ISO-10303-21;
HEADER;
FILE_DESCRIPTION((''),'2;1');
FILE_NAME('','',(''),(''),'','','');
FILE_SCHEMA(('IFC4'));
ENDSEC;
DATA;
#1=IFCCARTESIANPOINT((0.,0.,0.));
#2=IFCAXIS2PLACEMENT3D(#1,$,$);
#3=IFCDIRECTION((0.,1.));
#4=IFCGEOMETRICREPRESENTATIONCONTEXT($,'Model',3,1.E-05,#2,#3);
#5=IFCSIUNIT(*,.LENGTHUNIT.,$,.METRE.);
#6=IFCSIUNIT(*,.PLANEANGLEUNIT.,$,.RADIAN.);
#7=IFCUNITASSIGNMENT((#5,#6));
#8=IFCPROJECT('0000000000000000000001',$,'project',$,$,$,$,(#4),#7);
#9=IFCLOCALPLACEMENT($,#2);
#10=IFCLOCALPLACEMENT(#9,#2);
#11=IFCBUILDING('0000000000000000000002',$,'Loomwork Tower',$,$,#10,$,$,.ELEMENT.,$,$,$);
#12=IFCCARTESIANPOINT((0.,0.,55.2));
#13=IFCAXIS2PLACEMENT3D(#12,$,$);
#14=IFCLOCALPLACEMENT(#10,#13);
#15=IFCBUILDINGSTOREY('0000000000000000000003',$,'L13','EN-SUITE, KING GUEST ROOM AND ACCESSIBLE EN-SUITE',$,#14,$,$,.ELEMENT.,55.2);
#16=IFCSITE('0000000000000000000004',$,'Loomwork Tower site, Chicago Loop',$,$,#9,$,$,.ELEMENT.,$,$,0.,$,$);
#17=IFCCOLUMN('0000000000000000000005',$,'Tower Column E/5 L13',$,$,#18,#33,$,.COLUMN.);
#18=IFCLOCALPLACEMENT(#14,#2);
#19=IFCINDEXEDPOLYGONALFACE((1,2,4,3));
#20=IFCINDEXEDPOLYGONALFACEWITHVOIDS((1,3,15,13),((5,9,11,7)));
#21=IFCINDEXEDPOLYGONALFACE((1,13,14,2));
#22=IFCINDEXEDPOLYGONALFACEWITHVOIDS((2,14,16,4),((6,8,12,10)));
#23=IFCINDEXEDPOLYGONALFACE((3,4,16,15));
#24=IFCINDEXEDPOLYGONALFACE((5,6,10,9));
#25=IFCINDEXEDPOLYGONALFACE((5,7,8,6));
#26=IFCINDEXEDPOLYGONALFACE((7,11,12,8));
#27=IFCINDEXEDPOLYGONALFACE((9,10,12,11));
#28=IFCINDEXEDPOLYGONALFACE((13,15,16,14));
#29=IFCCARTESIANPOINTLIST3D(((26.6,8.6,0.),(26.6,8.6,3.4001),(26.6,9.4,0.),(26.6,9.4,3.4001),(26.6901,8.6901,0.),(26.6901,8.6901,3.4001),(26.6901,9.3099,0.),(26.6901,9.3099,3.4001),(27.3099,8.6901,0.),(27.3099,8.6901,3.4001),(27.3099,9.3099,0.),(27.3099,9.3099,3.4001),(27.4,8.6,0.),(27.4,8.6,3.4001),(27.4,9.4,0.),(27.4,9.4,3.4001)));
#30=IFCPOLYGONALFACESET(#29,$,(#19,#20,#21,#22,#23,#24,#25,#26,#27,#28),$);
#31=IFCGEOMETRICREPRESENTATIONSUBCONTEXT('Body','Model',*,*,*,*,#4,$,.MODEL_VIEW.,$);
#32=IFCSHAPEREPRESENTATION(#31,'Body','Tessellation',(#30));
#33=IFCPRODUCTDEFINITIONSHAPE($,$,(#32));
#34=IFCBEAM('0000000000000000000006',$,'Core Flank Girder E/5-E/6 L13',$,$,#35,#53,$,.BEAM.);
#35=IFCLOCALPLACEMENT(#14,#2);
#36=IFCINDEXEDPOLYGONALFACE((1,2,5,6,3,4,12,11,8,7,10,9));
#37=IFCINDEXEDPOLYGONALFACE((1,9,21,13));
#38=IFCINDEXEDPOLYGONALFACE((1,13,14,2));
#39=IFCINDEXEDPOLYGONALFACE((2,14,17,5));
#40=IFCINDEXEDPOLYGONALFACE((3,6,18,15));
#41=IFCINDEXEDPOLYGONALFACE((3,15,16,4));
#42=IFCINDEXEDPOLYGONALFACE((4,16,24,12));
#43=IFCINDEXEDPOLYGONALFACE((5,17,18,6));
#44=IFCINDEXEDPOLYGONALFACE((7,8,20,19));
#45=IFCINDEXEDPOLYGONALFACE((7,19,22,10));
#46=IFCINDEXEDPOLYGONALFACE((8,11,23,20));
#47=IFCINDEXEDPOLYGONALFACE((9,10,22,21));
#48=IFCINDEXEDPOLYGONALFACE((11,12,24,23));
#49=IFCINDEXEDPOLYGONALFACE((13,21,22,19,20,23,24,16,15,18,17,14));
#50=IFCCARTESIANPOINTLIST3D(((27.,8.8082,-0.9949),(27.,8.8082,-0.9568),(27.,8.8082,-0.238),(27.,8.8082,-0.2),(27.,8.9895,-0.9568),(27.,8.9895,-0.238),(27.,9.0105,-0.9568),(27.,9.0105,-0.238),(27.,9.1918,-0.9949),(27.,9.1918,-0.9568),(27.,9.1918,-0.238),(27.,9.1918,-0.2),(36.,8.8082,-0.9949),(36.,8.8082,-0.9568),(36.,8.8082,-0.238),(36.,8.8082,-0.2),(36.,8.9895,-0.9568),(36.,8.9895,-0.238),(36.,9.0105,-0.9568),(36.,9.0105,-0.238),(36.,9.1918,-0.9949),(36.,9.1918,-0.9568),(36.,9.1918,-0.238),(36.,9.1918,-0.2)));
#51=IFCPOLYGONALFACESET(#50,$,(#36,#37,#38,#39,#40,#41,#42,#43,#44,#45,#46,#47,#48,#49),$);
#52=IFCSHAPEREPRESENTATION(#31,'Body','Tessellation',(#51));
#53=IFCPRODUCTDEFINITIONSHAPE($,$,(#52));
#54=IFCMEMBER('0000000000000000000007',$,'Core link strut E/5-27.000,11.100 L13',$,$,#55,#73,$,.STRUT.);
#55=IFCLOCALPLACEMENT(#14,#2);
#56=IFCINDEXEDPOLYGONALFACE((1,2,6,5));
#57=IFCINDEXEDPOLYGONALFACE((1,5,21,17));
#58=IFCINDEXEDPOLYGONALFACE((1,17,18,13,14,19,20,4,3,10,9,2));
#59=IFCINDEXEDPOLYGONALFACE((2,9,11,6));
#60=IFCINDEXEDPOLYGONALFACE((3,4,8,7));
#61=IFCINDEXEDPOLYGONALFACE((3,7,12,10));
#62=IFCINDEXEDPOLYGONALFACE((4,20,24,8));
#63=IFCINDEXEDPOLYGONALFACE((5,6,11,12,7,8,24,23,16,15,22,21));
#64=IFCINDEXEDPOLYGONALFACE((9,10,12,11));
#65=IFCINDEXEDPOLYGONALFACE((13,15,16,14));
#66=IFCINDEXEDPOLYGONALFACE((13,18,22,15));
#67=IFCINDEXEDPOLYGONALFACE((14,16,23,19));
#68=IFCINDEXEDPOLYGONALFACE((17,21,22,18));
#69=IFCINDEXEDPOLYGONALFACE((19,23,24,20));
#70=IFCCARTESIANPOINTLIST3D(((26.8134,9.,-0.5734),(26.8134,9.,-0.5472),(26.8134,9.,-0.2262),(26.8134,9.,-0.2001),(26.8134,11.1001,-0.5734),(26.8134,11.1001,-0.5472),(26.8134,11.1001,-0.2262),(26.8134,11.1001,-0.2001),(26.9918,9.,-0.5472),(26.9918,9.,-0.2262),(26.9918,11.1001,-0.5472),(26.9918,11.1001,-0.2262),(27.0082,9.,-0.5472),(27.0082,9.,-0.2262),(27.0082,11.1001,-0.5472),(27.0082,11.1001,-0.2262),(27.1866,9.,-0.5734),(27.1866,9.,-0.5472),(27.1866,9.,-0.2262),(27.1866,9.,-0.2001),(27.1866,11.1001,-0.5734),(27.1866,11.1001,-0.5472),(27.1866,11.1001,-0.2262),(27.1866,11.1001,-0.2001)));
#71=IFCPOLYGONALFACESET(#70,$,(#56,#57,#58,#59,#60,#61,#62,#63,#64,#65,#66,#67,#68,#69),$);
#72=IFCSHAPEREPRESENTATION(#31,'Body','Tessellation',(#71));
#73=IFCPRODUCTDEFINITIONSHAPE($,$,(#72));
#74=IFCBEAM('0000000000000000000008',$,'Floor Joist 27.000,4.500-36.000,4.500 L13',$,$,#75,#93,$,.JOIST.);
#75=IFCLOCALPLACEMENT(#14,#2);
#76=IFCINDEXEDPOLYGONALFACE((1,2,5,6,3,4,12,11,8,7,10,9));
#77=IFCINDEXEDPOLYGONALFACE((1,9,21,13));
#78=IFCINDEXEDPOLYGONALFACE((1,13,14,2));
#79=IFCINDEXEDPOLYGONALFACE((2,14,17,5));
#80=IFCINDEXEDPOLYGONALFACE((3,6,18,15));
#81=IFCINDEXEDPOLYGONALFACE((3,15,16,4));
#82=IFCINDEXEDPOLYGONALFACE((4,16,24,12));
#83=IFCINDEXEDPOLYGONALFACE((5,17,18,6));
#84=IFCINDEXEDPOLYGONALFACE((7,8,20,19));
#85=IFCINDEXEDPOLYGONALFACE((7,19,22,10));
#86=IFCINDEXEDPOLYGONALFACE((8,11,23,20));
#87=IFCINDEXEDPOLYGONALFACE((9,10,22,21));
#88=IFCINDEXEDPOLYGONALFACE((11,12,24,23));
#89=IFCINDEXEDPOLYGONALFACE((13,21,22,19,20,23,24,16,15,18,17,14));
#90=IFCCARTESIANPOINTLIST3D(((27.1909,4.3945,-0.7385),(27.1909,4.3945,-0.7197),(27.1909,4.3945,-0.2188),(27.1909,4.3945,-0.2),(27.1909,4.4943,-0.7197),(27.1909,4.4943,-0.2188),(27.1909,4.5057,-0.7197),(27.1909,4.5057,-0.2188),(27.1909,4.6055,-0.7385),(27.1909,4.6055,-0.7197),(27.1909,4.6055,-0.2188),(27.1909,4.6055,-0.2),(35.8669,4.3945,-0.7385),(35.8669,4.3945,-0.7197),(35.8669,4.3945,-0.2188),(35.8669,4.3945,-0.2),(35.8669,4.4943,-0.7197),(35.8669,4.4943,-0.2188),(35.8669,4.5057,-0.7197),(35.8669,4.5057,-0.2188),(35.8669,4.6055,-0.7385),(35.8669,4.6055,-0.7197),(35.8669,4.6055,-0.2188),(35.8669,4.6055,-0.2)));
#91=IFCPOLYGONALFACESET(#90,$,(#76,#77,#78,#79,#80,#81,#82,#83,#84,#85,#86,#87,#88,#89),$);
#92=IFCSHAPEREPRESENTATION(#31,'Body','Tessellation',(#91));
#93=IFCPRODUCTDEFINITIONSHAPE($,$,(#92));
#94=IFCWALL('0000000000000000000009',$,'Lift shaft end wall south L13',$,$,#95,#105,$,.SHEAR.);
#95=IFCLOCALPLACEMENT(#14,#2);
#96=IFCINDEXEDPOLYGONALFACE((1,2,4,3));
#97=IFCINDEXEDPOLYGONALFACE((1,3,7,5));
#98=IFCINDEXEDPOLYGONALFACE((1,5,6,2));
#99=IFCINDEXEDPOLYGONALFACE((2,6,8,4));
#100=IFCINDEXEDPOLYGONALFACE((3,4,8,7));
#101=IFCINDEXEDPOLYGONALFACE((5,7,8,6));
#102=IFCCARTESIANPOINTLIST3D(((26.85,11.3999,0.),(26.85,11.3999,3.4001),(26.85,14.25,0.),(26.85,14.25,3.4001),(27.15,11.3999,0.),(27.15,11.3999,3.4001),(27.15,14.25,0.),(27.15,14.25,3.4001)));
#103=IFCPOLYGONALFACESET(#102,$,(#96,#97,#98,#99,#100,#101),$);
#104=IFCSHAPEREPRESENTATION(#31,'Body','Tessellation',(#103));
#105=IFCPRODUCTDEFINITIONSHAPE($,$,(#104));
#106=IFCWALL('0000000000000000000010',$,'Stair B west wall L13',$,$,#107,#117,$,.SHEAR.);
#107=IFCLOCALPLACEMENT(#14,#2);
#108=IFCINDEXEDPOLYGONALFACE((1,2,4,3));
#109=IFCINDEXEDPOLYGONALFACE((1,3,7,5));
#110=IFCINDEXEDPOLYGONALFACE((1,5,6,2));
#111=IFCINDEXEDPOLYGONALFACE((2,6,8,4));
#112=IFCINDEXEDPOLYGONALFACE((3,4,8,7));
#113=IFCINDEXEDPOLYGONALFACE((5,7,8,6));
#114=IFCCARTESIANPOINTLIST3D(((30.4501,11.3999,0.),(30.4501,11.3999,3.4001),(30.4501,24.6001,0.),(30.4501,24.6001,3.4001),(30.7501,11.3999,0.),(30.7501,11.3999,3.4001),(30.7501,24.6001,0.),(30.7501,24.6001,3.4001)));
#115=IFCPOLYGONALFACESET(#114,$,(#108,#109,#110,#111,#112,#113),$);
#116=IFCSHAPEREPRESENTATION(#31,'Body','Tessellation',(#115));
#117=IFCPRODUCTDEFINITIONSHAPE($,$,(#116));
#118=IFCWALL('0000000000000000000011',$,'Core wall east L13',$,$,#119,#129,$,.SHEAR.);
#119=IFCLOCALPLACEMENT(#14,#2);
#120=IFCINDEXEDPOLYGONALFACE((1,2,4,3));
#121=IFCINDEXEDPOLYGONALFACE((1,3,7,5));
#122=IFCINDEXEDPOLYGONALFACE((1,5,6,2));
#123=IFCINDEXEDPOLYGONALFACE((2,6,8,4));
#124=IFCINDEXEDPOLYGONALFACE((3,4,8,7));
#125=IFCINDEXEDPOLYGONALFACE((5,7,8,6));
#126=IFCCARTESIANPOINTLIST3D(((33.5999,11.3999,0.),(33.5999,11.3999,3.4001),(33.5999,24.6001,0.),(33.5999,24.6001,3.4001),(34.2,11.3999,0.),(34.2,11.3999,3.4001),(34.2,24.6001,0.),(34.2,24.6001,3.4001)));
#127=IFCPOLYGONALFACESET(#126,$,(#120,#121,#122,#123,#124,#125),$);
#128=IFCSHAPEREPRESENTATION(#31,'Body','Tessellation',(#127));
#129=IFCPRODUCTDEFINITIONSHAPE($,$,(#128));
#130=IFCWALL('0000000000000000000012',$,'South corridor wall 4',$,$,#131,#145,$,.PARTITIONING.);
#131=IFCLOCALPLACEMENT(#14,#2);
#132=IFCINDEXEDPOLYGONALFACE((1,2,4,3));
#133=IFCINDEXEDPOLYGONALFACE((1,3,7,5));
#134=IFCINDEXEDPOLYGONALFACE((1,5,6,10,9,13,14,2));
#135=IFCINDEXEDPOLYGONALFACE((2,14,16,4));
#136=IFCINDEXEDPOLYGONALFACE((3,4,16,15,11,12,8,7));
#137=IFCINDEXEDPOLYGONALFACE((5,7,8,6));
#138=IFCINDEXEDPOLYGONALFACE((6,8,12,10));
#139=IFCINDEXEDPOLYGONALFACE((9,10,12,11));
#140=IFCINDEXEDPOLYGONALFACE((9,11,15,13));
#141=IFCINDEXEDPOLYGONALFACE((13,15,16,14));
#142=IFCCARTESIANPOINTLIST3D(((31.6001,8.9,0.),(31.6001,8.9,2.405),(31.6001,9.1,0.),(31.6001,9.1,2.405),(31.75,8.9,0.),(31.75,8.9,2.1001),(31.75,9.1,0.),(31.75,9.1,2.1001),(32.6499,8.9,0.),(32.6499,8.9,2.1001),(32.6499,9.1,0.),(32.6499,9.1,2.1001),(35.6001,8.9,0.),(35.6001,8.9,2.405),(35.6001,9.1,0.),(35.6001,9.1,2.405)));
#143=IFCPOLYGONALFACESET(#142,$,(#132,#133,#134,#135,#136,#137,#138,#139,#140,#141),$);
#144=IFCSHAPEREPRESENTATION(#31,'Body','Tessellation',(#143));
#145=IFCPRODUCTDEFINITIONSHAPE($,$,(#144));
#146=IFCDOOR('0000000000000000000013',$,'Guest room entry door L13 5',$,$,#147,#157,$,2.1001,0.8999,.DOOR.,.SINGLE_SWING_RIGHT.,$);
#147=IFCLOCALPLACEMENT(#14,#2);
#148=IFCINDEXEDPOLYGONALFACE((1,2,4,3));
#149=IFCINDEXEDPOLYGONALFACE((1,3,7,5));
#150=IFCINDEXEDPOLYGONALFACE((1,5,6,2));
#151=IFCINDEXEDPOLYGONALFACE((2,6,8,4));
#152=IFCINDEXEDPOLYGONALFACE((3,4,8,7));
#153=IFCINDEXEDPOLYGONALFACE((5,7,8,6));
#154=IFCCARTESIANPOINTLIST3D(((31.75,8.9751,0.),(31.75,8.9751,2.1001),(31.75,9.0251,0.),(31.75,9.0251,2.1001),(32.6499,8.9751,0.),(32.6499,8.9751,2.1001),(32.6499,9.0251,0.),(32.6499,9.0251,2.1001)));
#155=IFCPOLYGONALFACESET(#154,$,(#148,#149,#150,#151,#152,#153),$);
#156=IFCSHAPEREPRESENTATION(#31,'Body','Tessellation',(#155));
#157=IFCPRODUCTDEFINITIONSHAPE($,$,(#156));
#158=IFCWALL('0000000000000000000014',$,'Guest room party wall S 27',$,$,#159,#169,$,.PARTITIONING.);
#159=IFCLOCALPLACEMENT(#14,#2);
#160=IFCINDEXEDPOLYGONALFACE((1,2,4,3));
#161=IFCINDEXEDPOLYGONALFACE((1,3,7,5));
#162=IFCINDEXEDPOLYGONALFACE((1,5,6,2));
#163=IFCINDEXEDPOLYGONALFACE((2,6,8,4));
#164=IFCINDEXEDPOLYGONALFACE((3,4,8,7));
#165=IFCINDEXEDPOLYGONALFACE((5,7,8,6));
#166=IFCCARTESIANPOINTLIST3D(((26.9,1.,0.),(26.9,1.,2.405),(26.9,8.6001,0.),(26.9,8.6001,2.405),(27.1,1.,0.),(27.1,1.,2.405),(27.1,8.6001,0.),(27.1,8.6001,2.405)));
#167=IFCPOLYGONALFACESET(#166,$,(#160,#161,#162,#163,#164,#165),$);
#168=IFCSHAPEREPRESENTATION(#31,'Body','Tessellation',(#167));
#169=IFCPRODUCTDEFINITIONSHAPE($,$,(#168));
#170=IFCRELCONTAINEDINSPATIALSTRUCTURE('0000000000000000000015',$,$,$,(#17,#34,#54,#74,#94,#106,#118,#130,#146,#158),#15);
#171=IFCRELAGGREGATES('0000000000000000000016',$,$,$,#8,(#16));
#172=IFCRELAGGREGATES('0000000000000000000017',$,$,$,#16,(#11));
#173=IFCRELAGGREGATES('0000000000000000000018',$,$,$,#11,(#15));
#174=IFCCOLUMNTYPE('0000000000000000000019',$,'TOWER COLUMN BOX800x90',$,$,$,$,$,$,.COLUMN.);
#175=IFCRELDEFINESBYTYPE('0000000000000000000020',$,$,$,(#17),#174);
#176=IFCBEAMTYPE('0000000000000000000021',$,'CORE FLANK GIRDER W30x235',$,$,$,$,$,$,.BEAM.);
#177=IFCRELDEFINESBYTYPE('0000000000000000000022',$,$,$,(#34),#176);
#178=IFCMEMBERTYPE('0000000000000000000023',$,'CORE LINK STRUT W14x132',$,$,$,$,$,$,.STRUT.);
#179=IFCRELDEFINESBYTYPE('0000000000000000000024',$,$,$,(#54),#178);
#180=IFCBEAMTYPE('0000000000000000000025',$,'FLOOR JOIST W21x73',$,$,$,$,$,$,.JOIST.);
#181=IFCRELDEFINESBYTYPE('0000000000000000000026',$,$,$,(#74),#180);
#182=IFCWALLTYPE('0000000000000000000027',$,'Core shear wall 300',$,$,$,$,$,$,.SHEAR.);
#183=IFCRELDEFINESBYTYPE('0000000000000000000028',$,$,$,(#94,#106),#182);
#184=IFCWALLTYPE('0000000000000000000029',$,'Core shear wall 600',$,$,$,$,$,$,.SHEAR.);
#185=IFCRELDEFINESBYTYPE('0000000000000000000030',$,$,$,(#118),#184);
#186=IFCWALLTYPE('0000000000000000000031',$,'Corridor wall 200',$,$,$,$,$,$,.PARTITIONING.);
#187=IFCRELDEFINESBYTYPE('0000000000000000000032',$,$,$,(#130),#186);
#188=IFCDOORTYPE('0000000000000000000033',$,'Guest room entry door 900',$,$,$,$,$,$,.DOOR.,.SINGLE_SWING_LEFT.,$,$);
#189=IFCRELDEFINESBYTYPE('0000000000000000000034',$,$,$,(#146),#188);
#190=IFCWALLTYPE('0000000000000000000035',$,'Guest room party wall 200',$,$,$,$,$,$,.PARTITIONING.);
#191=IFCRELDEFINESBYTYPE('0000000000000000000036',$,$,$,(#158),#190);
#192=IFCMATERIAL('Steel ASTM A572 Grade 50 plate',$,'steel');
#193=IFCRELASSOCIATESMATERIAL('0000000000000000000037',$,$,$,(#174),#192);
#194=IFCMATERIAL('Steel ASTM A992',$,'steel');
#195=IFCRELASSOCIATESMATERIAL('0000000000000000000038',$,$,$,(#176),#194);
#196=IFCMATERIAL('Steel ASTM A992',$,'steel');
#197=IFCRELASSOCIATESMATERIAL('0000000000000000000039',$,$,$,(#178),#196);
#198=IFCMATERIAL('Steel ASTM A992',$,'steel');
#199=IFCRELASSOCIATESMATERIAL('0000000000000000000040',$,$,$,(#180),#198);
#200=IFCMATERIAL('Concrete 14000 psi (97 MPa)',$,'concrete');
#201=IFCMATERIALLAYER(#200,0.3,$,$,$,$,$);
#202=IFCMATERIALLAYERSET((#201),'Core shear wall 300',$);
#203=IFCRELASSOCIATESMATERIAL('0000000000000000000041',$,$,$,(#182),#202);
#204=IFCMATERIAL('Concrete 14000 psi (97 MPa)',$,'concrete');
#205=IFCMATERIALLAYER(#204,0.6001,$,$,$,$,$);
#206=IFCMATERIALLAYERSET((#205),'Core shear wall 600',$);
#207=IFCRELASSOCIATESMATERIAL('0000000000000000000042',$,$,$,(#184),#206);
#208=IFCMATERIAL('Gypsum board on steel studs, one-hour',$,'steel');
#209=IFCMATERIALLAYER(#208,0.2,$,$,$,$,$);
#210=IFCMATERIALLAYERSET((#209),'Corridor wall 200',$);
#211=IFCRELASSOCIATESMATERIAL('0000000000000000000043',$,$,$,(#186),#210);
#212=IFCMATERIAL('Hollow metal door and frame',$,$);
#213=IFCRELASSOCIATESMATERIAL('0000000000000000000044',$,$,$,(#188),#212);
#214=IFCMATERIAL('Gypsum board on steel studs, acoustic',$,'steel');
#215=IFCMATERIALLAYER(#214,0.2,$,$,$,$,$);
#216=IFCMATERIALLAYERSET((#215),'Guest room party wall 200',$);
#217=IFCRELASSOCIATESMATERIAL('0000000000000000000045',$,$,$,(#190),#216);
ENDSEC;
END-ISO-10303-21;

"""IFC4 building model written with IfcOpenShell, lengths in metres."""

from ifc_helpers import new_model, si_unit, direction, frame, frame_2d, origin, origin_2d, place, context, subcontext, project, spatial, rectangle, hollow_rectangle, i_section, extrude, material, layer, layer_set, material_profile, profile_set, type_object, element, fill, save


model = new_model("IFC4")

# Units and contexts
model_context = context("Model", 3, precision=1e-05, world=origin(), true_north=direction((0.0, 1.0)))
body_context = subcontext(model_context, "Body", "Model", "MODEL_VIEW")
ifc_project = project(units=[si_unit("LENGTHUNIT", "METRE"), si_unit("PLANEANGLEUNIT", "RADIAN")], contexts=[model_context])

# Site, building, storey
site_placement = place(None, origin())
site = spatial("IfcSite", under=ifc_project, at=site_placement, Name="Loomwork Tower site, Chicago Loop", CompositionType="ELEMENT", RefElevation=0.0)
building_placement = place(site_placement, origin())
building = spatial("IfcBuilding", under=site, at=building_placement, Name="Loomwork Tower", CompositionType="ELEMENT")
storey_placement = place(building_placement, frame((0.0, 0.0, 55.2)))
storey = spatial("IfcBuildingStorey", under=building, at=storey_placement, Name="L13", Description="EN-SUITE, KING GUEST ROOM AND ACCESSIBLE EN-SUITE", CompositionType="ELEMENT", Elevation=55.2)

# Column
ifc_material_1 = material(Name="Steel ASTM A572 Grade 50 plate", Category="steel")
ifc_material_profile_1 = material_profile(ifc_material_1, hollow_rectangle(XDim=0.8, YDim=0.8, WallThickness=0.0901, at=origin_2d()), Name="BOX800x90")
ifc_profile_set_1 = profile_set([ifc_material_profile_1], Name="Steel ASTM A572 Grade 50 plate")
column_type = type_object("IfcColumnType", Name="TOWER COLUMN BOX800x90", PredefinedType="COLUMN", material=ifc_profile_set_1)
column_placement = place(storey_placement, frame((27.0, 9.0, 0.0), z_axis=(0.0, 0.0, 1.0), x_axis=(1.0, 0.0, 0.0)))
element("IfcColumn", 1, at=column_placement, inside=storey, type_object=column_type, Name="Tower Column E/5 L13", PredefinedType="COLUMN", context=body_context, shape_type="SweptSolid", body=[
    extrude(hollow_rectangle(XDim=0.8, YDim=0.8, WallThickness=0.0901, at=origin_2d()), origin(), (0.0, 0.0, 1.0), 3.4001),
])

# Beam
ifc_material_2 = material(Name="Steel ASTM A992", Category="steel")
ifc_material_profile_2 = material_profile(ifc_material_2, i_section(OverallWidth=0.3835, OverallDepth=0.7949, WebThickness=0.021, FlangeThickness=0.0381, at=origin_2d()), Name="W30x235")
ifc_profile_set_2 = profile_set([ifc_material_profile_2], Name="Steel ASTM A992")
beam_type_1 = type_object("IfcBeamType", Name="CORE FLANK GIRDER W30x235", PredefinedType="BEAM", material=ifc_profile_set_2)
beam_1_placement = place(storey_placement, frame((27.0, 9.0, -0.5974), z_axis=(1.0, 0.0, 0.0), x_axis=(0.0, 1.0, 0.0)))
element("IfcBeam", 2, at=beam_1_placement, inside=storey, type_object=beam_type_1, Name="Core Flank Girder E/5-E/6 L13", PredefinedType="BEAM", context=body_context, shape_type="SweptSolid", body=[
    extrude(i_section(OverallWidth=0.3835, OverallDepth=0.7949, WebThickness=0.021, FlangeThickness=0.0381, at=origin_2d()), origin(), (0.0, 0.0, 1.0), 9.0),
])

# Member
ifc_material_3 = material(Name="Steel ASTM A992", Category="steel")
ifc_material_profile_3 = material_profile(ifc_material_3, i_section(OverallWidth=0.3733, OverallDepth=0.3733, WebThickness=0.0164, FlangeThickness=0.0261, at=origin_2d()), Name="W14x132")
ifc_profile_set_3 = profile_set([ifc_material_profile_3], Name="Steel ASTM A992")
member_type = type_object("IfcMemberType", Name="CORE LINK STRUT W14x132", PredefinedType="STRUT", material=ifc_profile_set_3)
member_placement = place(storey_placement, frame((27.0, 9.0, -0.3867), z_axis=(0.0, 1.0, 0.0), x_axis=(-1.0, 0.0, 0.0)))
element("IfcMember", 3, at=member_placement, inside=storey, type_object=member_type, Name="Core link strut E/5-27.000,11.100 L13", PredefinedType="STRUT", context=body_context, shape_type="SweptSolid", body=[
    extrude(i_section(OverallWidth=0.3733, OverallDepth=0.3733, WebThickness=0.0164, FlangeThickness=0.0261, at=origin_2d()), origin(), (0.0, 0.0, 1.0), 2.1001),
])

# Beam
ifc_material_4 = material(Name="Steel ASTM A992", Category="steel")
ifc_material_profile_4 = material_profile(ifc_material_4, i_section(OverallWidth=0.2109, OverallDepth=0.5386, WebThickness=0.0115, FlangeThickness=0.0188, at=origin_2d()), Name="W21x73")
ifc_profile_set_4 = profile_set([ifc_material_profile_4], Name="Steel ASTM A992")
beam_type_2 = type_object("IfcBeamType", Name="FLOOR JOIST W21x73", PredefinedType="JOIST", material=ifc_profile_set_4)
beam_2_placement = place(storey_placement, frame((27.1909, 4.5, -0.4692), z_axis=(1.0, 0.0, 0.0), x_axis=(0.0, 1.0, 0.0)))
element("IfcBeam", 4, at=beam_2_placement, inside=storey, type_object=beam_type_2, Name="Floor Joist 27.000,4.500-36.000,4.500 L13", PredefinedType="JOIST", context=body_context, shape_type="SweptSolid", body=[
    extrude(i_section(OverallWidth=0.2109, OverallDepth=0.5386, WebThickness=0.0115, FlangeThickness=0.0188, at=origin_2d()), origin(), (0.0, 0.0, 1.0), 8.676),
])

# Walls
ifc_material_5 = material(Name="Concrete 14000 psi (97 MPa)", Category="concrete")
ifc_layer_1 = layer(ifc_material_5, 0.3)
ifc_layer_set_1 = layer_set([ifc_layer_1], Name="Core shear wall 300")
wall_type_1 = type_object("IfcWallType", Name="Core shear wall 300", PredefinedType="SHEAR", material=ifc_layer_set_1)
wall_1_placement = place(storey_placement, frame((27.0, 11.3999, 0.0), z_axis=(0.0, 0.0, 1.0), x_axis=(0.0, 1.0, 0.0)))
element("IfcWall", 5, at=wall_1_placement, inside=storey, type_object=wall_type_1, Name="Lift shaft end wall south L13", PredefinedType="SHEAR", context=body_context, shape_type="SweptSolid", body=[
    extrude(rectangle(XDim=2.8501, YDim=0.3, at=frame_2d((1.425, 0.0))), origin(), (0.0, 0.0, 1.0), 3.4001),
])
wall_2_placement = place(storey_placement, frame((30.6001, 11.3999, 0.0), z_axis=(0.0, 0.0, 1.0), x_axis=(0.0, 1.0, 0.0)))
element("IfcWall", 6, at=wall_2_placement, inside=storey, type_object=wall_type_1, Name="Stair B west wall L13", PredefinedType="SHEAR", context=body_context, shape_type="SweptSolid", body=[
    extrude(rectangle(XDim=13.2002, YDim=0.3, at=frame_2d((6.6001, 0.0))), origin(), (0.0, 0.0, 1.0), 3.4001),
])
ifc_material_6 = material(Name="Concrete 14000 psi (97 MPa)", Category="concrete")
ifc_layer_2 = layer(ifc_material_6, 0.6001)
ifc_layer_set_2 = layer_set([ifc_layer_2], Name="Core shear wall 600")
wall_type_2 = type_object("IfcWallType", Name="Core shear wall 600", PredefinedType="SHEAR", material=ifc_layer_set_2)
wall_3_placement = place(storey_placement, frame((33.8999, 11.3999, 0.0), z_axis=(0.0, 0.0, 1.0), x_axis=(0.0, 1.0, 0.0)))
element("IfcWall", 7, at=wall_3_placement, inside=storey, type_object=wall_type_2, Name="Core wall east L13", PredefinedType="SHEAR", context=body_context, shape_type="SweptSolid", body=[
    extrude(rectangle(XDim=13.2002, YDim=0.6001, at=frame_2d((6.6001, 0.0))), origin(), (0.0, 0.0, 1.0), 3.4001),
])

# Wall, opening, door
ifc_material_7 = material(Name="Gypsum board on steel studs, one-hour", Category="steel")
ifc_layer_3 = layer(ifc_material_7, 0.2)
ifc_layer_set_3 = layer_set([ifc_layer_3], Name="Corridor wall 200")
wall_type_3 = type_object("IfcWallType", Name="Corridor wall 200", PredefinedType="PARTITIONING", material=ifc_layer_set_3)
wall_4_placement = place(storey_placement, frame((31.6001, 9.0, 0.0), z_axis=(0.0, 0.0, 1.0), x_axis=(1.0, 0.0, 0.0)))
wall_4 = element("IfcWall", 8, at=wall_4_placement, inside=storey, type_object=wall_type_3, Name="South corridor wall 4", PredefinedType="PARTITIONING", context=body_context, shape_type="SweptSolid", body=[
    extrude(rectangle(XDim=4.0, YDim=0.2, at=frame_2d((2.0, 0.0))), origin(), (0.0, 0.0, 1.0), 2.405),
])
opening_1_placement = place(wall_4_placement, frame((0.1499, 0.0, 0.0)))
opening_1 = element("IfcOpeningElement", 9, at=opening_1_placement, cuts=wall_4, PredefinedType="OPENING", context=body_context, shape_type="SweptSolid", body=[
    extrude(rectangle(XDim=0.8999, YDim=2.1001, at=frame_2d((0.45, 1.05))), frame((0.0, 0.1099, 0.0), z_axis=(0.0, -1.0, 0.0), x_axis=(1.0, 0.0, 0.0)), (0.0, 0.0, 1.0), 0.22),
])
ifc_material_8 = material(Name="Hollow metal door and frame")
door_type_1 = type_object("IfcDoorType", Name="Guest room entry door 900", OperationType="SINGLE_SWING_LEFT", PredefinedType="DOOR", material=ifc_material_8)
door_1_placement = place(opening_1_placement, frame((0.8999, 0.0, 0.0), z_axis=(0.0, 0.0, 1.0), x_axis=(-1.0, 0.0, 0.0)))
door_1 = element("IfcDoor", 10, at=door_1_placement, inside=storey, type_object=door_type_1, Name="Guest room entry door L13 5", OperationType="SINGLE_SWING_RIGHT", OverallHeight=2.1001, OverallWidth=0.8999, PredefinedType="DOOR", context=body_context, shape_type="SweptSolid", body=[
    extrude(rectangle(XDim=0.8999, YDim=2.1001, at=frame_2d((0.45, 1.05))), frame((0.0, 0.0249, 0.0), z_axis=(0.0, -1.0, 0.0), x_axis=(1.0, 0.0, 0.0)), (0.0, 0.0, 1.0), 0.05),
])
fill(opening_1, door_1)

# Wall
ifc_material_9 = material(Name="Gypsum board on steel studs, acoustic", Category="steel")
ifc_layer_4 = layer(ifc_material_9, 0.2)
ifc_layer_set_4 = layer_set([ifc_layer_4], Name="Guest room party wall 200")
wall_type_4 = type_object("IfcWallType", Name="Guest room party wall 200", PredefinedType="PARTITIONING", material=ifc_layer_set_4)
wall_5_placement = place(storey_placement, frame((27.0, 8.6001, 0.0), z_axis=(0.0, 0.0, 1.0), x_axis=(0.0, -1.0, 0.0)))
element("IfcWall", 11, at=wall_5_placement, inside=storey, type_object=wall_type_4, Name="Guest room party wall S 27", PredefinedType="PARTITIONING", context=body_context, shape_type="SweptSolid", body=[
    extrude(rectangle(XDim=7.6001, YDim=0.2, at=frame_2d((3.8, 0.0))), origin(), (0.0, 0.0, 1.0), 2.405),
])

save(model, "model.ifc")
